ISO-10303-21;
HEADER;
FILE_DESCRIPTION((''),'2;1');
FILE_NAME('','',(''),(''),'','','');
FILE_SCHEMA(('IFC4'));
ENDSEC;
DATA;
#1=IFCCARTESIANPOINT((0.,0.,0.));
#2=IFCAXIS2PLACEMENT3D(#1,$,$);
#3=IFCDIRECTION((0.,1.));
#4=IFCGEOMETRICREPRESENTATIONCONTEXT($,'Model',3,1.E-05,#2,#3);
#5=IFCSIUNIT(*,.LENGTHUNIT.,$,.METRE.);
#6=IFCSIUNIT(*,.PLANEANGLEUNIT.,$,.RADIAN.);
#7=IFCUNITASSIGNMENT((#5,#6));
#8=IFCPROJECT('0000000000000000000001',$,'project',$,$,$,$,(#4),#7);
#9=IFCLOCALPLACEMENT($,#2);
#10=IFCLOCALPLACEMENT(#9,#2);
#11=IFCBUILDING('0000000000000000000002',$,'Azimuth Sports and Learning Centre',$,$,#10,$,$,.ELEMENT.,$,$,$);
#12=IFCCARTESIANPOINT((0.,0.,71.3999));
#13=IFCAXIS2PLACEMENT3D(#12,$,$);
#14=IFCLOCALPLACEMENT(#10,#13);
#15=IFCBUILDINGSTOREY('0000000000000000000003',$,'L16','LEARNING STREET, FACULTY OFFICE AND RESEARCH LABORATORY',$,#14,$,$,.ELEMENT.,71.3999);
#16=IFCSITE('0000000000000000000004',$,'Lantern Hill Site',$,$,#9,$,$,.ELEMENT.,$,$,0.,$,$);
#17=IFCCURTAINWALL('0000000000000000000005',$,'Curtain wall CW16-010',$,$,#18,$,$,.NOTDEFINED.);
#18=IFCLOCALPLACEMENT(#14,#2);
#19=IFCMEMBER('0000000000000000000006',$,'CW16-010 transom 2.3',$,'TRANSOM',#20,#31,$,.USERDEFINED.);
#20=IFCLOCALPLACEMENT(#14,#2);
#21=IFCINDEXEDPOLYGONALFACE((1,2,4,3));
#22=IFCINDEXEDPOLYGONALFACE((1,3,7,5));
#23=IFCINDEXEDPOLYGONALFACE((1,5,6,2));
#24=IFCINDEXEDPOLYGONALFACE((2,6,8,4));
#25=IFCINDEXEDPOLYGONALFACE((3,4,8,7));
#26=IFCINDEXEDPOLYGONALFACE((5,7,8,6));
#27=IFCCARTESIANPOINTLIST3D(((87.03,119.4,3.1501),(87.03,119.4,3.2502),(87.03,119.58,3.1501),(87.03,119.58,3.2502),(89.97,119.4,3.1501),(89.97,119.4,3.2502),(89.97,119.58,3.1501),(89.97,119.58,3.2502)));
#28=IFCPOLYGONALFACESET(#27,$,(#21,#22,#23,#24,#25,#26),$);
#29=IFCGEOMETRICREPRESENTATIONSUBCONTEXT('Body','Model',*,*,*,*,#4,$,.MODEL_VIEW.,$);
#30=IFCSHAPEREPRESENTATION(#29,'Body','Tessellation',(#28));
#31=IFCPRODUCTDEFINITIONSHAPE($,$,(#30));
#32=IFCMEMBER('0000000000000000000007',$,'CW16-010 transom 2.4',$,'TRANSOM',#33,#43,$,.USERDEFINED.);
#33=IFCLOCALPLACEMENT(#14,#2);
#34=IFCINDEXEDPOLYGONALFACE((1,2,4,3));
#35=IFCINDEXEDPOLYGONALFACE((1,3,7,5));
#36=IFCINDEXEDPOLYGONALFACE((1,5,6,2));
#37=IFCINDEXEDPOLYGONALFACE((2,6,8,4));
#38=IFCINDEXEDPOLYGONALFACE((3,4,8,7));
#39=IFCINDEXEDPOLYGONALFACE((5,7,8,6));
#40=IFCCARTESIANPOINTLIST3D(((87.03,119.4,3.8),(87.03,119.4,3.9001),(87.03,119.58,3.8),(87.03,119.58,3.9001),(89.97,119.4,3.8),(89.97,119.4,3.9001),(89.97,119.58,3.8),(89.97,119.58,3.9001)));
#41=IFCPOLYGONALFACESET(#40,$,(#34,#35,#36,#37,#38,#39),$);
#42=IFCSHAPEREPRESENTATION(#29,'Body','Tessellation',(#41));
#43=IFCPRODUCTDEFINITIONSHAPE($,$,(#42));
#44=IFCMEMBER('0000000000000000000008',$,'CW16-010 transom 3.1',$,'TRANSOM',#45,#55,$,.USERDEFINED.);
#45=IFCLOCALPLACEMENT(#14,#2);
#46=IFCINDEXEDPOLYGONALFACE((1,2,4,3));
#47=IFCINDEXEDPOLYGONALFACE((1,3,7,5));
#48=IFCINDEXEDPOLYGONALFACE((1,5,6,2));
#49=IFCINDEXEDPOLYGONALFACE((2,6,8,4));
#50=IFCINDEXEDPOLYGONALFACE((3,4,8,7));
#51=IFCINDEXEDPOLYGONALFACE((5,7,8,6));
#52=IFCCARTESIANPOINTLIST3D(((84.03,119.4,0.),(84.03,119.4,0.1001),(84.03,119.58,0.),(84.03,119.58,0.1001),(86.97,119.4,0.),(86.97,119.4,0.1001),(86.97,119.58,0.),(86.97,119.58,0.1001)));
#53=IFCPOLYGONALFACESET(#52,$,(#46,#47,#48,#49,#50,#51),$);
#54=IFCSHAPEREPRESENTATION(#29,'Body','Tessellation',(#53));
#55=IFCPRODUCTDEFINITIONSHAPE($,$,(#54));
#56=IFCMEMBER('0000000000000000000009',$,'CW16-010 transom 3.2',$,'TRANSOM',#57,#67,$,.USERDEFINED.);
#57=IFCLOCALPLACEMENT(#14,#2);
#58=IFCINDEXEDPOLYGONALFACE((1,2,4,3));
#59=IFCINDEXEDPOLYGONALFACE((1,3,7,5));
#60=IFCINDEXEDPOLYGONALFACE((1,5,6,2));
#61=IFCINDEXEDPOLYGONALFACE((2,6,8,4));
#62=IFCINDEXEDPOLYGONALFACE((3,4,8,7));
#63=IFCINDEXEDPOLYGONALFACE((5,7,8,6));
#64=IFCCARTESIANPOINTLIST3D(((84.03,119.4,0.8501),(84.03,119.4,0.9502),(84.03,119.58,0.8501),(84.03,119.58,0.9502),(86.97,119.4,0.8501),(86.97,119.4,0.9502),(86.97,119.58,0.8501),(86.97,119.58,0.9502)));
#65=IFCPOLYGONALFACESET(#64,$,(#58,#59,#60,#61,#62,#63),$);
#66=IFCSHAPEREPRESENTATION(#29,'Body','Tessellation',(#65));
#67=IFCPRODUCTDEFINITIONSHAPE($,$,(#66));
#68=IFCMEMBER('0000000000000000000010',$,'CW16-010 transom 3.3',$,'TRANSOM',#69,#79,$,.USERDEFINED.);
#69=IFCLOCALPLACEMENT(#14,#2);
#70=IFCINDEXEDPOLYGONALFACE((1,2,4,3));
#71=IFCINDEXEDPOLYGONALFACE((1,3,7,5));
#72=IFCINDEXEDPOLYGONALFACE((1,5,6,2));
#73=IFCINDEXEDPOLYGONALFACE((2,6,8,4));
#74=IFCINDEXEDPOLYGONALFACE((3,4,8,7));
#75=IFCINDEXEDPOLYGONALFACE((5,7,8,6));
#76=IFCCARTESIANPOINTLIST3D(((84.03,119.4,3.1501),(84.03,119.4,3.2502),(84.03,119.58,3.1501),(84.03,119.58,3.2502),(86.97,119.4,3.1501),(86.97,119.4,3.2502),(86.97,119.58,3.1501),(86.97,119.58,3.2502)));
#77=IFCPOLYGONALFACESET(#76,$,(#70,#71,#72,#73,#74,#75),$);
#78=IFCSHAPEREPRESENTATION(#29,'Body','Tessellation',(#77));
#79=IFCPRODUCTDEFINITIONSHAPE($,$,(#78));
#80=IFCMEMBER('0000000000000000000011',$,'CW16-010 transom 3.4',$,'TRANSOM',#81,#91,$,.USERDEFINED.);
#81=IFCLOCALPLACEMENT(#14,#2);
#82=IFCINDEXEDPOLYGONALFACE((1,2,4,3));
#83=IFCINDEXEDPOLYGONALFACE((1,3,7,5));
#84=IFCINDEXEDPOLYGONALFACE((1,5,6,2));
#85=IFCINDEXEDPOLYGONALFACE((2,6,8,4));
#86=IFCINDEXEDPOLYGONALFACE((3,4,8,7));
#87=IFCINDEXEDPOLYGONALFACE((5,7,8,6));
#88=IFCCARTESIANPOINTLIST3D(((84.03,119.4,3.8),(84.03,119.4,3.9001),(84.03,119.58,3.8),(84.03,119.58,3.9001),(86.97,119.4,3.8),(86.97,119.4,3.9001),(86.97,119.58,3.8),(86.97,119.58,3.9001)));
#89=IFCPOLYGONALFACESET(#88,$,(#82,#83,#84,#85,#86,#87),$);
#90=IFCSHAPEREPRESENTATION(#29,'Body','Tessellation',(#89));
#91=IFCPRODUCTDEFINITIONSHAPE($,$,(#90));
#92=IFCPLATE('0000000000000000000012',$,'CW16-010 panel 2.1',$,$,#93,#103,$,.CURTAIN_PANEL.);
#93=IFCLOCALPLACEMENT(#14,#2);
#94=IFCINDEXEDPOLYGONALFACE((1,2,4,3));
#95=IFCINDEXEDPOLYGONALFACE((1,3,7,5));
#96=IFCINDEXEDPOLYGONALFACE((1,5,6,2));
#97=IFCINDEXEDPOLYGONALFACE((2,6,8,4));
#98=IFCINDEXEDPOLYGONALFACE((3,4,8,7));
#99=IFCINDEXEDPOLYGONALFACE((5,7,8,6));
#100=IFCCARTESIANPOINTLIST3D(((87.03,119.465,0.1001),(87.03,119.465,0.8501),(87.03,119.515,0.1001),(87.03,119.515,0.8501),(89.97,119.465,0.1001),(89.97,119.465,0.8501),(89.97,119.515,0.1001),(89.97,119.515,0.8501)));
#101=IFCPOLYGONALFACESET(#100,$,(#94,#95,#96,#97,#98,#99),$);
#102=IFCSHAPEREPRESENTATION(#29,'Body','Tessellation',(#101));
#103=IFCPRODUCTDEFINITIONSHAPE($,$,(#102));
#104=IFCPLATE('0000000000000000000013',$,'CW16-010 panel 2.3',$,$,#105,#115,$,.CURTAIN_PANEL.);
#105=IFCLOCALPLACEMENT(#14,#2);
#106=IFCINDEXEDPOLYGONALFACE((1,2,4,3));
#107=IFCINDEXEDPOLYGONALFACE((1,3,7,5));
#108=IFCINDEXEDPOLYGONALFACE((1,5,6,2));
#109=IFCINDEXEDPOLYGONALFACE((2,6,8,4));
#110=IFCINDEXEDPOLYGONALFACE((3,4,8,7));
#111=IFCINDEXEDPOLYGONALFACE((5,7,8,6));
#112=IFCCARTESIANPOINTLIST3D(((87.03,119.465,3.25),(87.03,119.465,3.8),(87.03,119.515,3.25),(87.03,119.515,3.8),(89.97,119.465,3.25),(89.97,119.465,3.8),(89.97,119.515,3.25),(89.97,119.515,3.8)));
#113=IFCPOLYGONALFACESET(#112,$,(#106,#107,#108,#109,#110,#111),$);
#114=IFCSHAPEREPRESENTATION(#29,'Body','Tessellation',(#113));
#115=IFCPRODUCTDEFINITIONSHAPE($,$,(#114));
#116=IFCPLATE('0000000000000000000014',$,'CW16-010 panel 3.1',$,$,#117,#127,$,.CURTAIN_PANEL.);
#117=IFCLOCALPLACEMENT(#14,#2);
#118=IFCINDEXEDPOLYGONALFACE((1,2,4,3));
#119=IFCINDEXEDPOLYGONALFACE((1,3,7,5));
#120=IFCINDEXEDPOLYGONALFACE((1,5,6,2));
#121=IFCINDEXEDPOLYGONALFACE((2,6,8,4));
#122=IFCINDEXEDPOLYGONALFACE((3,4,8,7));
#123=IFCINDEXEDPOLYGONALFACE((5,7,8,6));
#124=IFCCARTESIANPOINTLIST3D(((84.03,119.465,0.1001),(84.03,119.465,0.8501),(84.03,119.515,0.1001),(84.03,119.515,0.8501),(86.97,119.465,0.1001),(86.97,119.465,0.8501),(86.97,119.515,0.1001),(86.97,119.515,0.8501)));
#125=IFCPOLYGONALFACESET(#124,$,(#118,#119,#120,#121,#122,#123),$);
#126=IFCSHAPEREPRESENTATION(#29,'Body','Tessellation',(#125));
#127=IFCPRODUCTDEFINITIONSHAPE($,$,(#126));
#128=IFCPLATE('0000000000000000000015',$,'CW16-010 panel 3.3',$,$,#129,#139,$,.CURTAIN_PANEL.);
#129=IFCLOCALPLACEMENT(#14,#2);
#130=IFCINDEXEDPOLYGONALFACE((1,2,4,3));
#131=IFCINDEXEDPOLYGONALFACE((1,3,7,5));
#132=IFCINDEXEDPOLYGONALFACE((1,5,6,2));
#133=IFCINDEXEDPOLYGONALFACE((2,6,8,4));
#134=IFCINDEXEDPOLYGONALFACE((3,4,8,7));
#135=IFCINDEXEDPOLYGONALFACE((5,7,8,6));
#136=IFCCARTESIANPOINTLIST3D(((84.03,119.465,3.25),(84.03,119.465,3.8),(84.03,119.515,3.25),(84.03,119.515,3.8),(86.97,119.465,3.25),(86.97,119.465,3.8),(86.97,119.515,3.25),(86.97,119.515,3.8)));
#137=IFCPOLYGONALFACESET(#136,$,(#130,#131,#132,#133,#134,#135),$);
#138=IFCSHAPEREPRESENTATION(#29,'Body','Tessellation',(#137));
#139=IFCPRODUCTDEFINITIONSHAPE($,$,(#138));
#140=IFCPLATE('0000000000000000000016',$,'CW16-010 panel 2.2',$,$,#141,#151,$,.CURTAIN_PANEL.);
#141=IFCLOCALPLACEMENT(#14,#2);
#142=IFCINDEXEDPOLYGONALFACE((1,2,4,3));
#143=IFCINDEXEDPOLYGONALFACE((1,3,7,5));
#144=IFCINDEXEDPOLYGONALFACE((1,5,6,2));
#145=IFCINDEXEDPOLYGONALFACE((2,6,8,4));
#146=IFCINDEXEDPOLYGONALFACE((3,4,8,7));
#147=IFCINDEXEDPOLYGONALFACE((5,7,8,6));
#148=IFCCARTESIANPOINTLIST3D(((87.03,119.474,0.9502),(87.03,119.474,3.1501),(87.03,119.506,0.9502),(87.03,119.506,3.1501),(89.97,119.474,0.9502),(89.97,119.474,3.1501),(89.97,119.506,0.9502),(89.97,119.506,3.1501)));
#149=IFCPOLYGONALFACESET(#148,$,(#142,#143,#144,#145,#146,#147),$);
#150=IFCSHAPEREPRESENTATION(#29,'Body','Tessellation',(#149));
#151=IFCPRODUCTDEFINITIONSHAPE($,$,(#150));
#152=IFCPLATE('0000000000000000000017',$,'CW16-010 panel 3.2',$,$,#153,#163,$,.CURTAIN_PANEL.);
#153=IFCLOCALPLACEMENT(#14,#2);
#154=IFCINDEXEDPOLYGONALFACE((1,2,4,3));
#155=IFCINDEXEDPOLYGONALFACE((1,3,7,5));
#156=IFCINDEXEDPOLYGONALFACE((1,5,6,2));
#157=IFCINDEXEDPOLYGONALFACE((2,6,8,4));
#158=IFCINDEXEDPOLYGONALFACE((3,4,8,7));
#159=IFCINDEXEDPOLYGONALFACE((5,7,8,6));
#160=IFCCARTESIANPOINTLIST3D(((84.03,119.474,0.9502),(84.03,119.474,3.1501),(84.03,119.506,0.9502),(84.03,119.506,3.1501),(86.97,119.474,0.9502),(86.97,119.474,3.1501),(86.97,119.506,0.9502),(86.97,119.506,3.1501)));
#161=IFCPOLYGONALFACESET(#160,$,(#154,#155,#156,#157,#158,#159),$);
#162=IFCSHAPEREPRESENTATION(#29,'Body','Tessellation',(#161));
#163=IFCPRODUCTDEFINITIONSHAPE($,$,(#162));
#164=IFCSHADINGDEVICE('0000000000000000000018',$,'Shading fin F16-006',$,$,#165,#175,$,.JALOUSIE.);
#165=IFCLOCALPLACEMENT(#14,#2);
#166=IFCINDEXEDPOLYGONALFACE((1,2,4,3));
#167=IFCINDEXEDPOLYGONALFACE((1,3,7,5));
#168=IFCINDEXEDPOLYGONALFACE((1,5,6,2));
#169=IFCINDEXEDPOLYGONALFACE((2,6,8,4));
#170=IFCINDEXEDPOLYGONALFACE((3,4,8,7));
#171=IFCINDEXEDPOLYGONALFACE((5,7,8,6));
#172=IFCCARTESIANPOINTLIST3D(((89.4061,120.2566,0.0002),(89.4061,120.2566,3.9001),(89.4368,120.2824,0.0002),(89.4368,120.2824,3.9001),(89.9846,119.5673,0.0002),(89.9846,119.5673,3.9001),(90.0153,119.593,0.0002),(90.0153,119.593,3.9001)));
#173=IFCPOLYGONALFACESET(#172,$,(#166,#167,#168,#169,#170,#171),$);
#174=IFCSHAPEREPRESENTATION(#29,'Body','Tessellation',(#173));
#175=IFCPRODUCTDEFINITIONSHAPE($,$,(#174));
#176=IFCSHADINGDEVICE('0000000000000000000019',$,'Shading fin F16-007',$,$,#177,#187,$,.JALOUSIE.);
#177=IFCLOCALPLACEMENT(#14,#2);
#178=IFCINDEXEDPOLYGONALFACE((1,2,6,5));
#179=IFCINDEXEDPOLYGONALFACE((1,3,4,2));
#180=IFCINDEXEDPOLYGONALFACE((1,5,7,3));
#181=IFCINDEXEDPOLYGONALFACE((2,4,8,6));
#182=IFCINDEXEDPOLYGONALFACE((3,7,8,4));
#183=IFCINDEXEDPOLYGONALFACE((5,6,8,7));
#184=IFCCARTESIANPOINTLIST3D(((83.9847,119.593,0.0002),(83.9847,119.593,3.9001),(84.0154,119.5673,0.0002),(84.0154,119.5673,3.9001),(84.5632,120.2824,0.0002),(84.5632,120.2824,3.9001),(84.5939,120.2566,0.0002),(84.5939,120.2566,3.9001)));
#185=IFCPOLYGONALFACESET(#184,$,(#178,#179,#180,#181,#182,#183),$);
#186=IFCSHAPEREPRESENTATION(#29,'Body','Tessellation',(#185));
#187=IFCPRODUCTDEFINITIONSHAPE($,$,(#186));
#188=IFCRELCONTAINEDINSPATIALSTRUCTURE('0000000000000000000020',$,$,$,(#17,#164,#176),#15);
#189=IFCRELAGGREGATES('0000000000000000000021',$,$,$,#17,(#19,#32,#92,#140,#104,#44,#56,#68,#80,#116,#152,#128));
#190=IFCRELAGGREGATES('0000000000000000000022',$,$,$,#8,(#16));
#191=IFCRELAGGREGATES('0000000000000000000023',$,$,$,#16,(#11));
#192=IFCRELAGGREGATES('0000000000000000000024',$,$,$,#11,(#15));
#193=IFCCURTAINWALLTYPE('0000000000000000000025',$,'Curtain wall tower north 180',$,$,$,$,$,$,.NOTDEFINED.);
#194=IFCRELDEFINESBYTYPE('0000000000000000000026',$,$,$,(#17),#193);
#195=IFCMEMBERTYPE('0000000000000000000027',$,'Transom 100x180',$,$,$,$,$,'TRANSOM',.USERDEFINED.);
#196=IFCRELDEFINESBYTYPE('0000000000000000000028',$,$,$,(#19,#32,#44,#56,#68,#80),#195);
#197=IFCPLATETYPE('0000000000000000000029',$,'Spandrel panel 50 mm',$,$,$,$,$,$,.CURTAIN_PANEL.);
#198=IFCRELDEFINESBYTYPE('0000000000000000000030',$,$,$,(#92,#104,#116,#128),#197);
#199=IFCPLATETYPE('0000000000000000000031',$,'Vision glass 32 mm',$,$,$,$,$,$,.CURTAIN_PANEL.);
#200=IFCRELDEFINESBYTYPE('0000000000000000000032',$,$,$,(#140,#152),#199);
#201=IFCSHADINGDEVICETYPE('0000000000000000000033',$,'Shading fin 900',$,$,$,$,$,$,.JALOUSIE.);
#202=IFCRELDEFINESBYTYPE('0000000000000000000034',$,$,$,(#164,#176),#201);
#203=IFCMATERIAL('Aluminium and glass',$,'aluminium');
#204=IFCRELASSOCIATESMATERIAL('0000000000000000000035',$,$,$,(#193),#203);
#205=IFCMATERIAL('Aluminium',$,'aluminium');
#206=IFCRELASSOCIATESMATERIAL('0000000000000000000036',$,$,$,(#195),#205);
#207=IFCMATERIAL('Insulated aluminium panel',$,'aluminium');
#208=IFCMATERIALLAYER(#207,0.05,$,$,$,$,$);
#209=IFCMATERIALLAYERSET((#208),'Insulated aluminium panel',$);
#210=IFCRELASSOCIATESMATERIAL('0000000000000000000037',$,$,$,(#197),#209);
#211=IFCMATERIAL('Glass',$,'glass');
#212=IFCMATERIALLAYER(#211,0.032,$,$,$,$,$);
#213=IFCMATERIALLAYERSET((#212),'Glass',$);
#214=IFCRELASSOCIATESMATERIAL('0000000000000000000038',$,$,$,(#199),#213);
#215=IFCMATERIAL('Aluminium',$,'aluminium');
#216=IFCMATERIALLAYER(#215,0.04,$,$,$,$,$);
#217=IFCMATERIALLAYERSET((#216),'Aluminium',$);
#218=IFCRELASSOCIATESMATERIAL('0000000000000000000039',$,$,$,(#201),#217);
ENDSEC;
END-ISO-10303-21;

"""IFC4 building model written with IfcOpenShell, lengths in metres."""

from ifc_helpers import new_model, si_unit, direction, frame, origin, origin_2d, place, context, subcontext, project, spatial, rectangle, extrude, material, layer, layer_set, material_profile, profile_set, type_object, element, aggregate, save


model = new_model("IFC4")

# Units and contexts
model_context = context("Model", 3, precision=1e-05, world=origin(), true_north=direction((0.0, 1.0)))
body_context = subcontext(model_context, "Body", "Model", "MODEL_VIEW")
ifc_project = project(units=[si_unit("LENGTHUNIT", "METRE"), si_unit("PLANEANGLEUNIT", "RADIAN")], contexts=[model_context])

# Site, building, storey
site_placement = place(None, origin())
site = spatial("IfcSite", under=ifc_project, at=site_placement, Name="Lantern Hill Site", CompositionType="ELEMENT", RefElevation=0.0)
building_placement = place(site_placement, origin())
building = spatial("IfcBuilding", under=site, at=building_placement, Name="Azimuth Sports and Learning Centre", CompositionType="ELEMENT")
storey_placement = place(building_placement, frame((0.0, 0.0, 71.3999)))
storey = spatial("IfcBuildingStorey", under=building, at=storey_placement, Name="L16", Description="LEARNING STREET, FACULTY OFFICE AND RESEARCH LABORATORY", CompositionType="ELEMENT", Elevation=71.3999)

# Curtain wall, members, plates
ifc_material_1 = material(Name="Aluminium and glass", Category="aluminium")
curtain_wall_type = type_object("IfcCurtainWallType", Name="Curtain wall tower north 180", PredefinedType="NOTDEFINED", material=ifc_material_1)
curtain_wall_placement = place(storey_placement, origin())
curtain_wall = element("IfcCurtainWall", 1, at=curtain_wall_placement, inside=storey, type_object=curtain_wall_type, Name="Curtain wall CW16-010", PredefinedType="NOTDEFINED")
ifc_material_2 = material(Name="Aluminium", Category="aluminium")
ifc_material_profile_1 = material_profile(ifc_material_2, rectangle(XDim=0.1799, YDim=0.1001, at=origin_2d()), Name="Transom 100x180")
ifc_profile_set_1 = profile_set([ifc_material_profile_1], Name="Aluminium")
member_type_1 = type_object("IfcMemberType", Name="Transom 100x180", ElementType="TRANSOM", PredefinedType="USERDEFINED", material=ifc_profile_set_1)
member_1_placement = place(storey_placement, frame((89.97, 119.49, 3.2002), z_axis=(-1.0, 0.0, 0.0), x_axis=(0.0, -1.0, 0.0)))
member_1 = element("IfcMember", 2, at=member_1_placement, type_object=member_type_1, Name="CW16-010 transom 2.3", ObjectType="TRANSOM", PredefinedType="USERDEFINED", context=body_context, shape_type="SweptSolid", body=[
    extrude(rectangle(XDim=0.1799, YDim=0.1001, at=origin_2d()), origin(), (0.0, 0.0, 1.0), 2.9399),
])
member_2_placement = place(storey_placement, frame((89.97, 119.49, 3.8501), z_axis=(-1.0, 0.0, 0.0), x_axis=(0.0, -1.0, 0.0)))
member_2 = element("IfcMember", 3, at=member_2_placement, type_object=member_type_1, Name="CW16-010 transom 2.4", ObjectType="TRANSOM", PredefinedType="USERDEFINED", context=body_context, shape_type="SweptSolid", body=[
    extrude(rectangle(XDim=0.1799, YDim=0.1001, at=origin_2d()), origin(), (0.0, 0.0, 1.0), 2.9399),
])
member_3_placement = place(storey_placement, frame((86.97, 119.49, 0.05), z_axis=(-1.0, 0.0, 0.0), x_axis=(0.0, -1.0, 0.0)))
member_3 = element("IfcMember", 4, at=member_3_placement, type_object=member_type_1, Name="CW16-010 transom 3.1", ObjectType="TRANSOM", PredefinedType="USERDEFINED", context=body_context, shape_type="SweptSolid", body=[
    extrude(rectangle(XDim=0.1799, YDim=0.1001, at=origin_2d()), origin(), (0.0, 0.0, 1.0), 2.9399),
])
member_4_placement = place(storey_placement, frame((86.97, 119.49, 0.9001), z_axis=(-1.0, 0.0, 0.0), x_axis=(0.0, -1.0, 0.0)))
member_4 = element("IfcMember", 5, at=member_4_placement, type_object=member_type_1, Name="CW16-010 transom 3.2", ObjectType="TRANSOM", PredefinedType="USERDEFINED", context=body_context, shape_type="SweptSolid", body=[
    extrude(rectangle(XDim=0.1799, YDim=0.1001, at=origin_2d()), origin(), (0.0, 0.0, 1.0), 2.9399),
])
member_5_placement = place(storey_placement, frame((86.97, 119.49, 3.2002), z_axis=(-1.0, 0.0, 0.0), x_axis=(0.0, -1.0, 0.0)))
member_5 = element("IfcMember", 6, at=member_5_placement, type_object=member_type_1, Name="CW16-010 transom 3.3", ObjectType="TRANSOM", PredefinedType="USERDEFINED", context=body_context, shape_type="SweptSolid", body=[
    extrude(rectangle(XDim=0.1799, YDim=0.1001, at=origin_2d()), origin(), (0.0, 0.0, 1.0), 2.9399),
])
member_6_placement = place(storey_placement, frame((86.97, 119.49, 3.8501), z_axis=(-1.0, 0.0, 0.0), x_axis=(0.0, -1.0, 0.0)))
member_6 = element("IfcMember", 7, at=member_6_placement, type_object=member_type_1, Name="CW16-010 transom 3.4", ObjectType="TRANSOM", PredefinedType="USERDEFINED", context=body_context, shape_type="SweptSolid", body=[
    extrude(rectangle(XDim=0.1799, YDim=0.1001, at=origin_2d()), origin(), (0.0, 0.0, 1.0), 2.9399),
])
ifc_material_3 = material(Name="Insulated aluminium panel", Category="aluminium")
ifc_layer_1 = layer(ifc_material_3, 0.05)
ifc_layer_set_1 = layer_set([ifc_layer_1], Name="Insulated aluminium panel")
plate_type_1 = type_object("IfcPlateType", Name="Spandrel panel 50 mm", PredefinedType="CURTAIN_PANEL", material=ifc_layer_set_1)
plate_1_placement = place(storey_placement, frame((88.5, 119.49, 0.1001), z_axis=(0.0, 0.0, 1.0), x_axis=(-1.0, 0.0, 0.0)))
plate_1 = element("IfcPlate", 8, at=plate_1_placement, type_object=plate_type_1, Name="CW16-010 panel 2.1", PredefinedType="CURTAIN_PANEL", context=body_context, shape_type="SweptSolid", body=[
    extrude(rectangle(XDim=2.9399, YDim=0.05, at=origin_2d()), origin(), (0.0, 0.0, 1.0), 0.75),
])
plate_2_placement = place(storey_placement, frame((88.5, 119.49, 3.25), z_axis=(0.0, 0.0, 1.0), x_axis=(-1.0, 0.0, 0.0)))
plate_2 = element("IfcPlate", 9, at=plate_2_placement, type_object=plate_type_1, Name="CW16-010 panel 2.3", PredefinedType="CURTAIN_PANEL", context=body_context, shape_type="SweptSolid", body=[
    extrude(rectangle(XDim=2.9399, YDim=0.05, at=origin_2d()), origin(), (0.0, 0.0, 1.0), 0.55),
])
plate_3_placement = place(storey_placement, frame((85.5, 119.49, 0.1001), z_axis=(0.0, 0.0, 1.0), x_axis=(-1.0, 0.0, 0.0)))
plate_3 = element("IfcPlate", 10, at=plate_3_placement, type_object=plate_type_1, Name="CW16-010 panel 3.1", PredefinedType="CURTAIN_PANEL", context=body_context, shape_type="SweptSolid", body=[
    extrude(rectangle(XDim=2.9399, YDim=0.05, at=origin_2d()), origin(), (0.0, 0.0, 1.0), 0.75),
])
plate_4_placement = place(storey_placement, frame((85.5, 119.49, 3.25), z_axis=(0.0, 0.0, 1.0), x_axis=(-1.0, 0.0, 0.0)))
plate_4 = element("IfcPlate", 11, at=plate_4_placement, type_object=plate_type_1, Name="CW16-010 panel 3.3", PredefinedType="CURTAIN_PANEL", context=body_context, shape_type="SweptSolid", body=[
    extrude(rectangle(XDim=2.9399, YDim=0.05, at=origin_2d()), origin(), (0.0, 0.0, 1.0), 0.55),
])
ifc_material_4 = material(Name="Glass", Category="glass")
ifc_layer_2 = layer(ifc_material_4, 0.032)
ifc_layer_set_2 = layer_set([ifc_layer_2], Name="Glass")
plate_type_2 = type_object("IfcPlateType", Name="Vision glass 32 mm", PredefinedType="CURTAIN_PANEL", material=ifc_layer_set_2)
plate_5_placement = place(storey_placement, frame((88.5, 119.49, 0.9502), z_axis=(0.0, 0.0, 1.0), x_axis=(-1.0, 0.0, 0.0)))
plate_5 = element("IfcPlate", 12, at=plate_5_placement, type_object=plate_type_2, Name="CW16-010 panel 2.2", PredefinedType="CURTAIN_PANEL", context=body_context, shape_type="SweptSolid", body=[
    extrude(rectangle(XDim=2.9399, YDim=0.032, at=origin_2d()), origin(), (0.0, 0.0, 1.0), 2.2),
])
plate_6_placement = place(storey_placement, frame((85.5, 119.49, 0.9502), z_axis=(0.0, 0.0, 1.0), x_axis=(-1.0, 0.0, 0.0)))
plate_6 = element("IfcPlate", 13, at=plate_6_placement, type_object=plate_type_2, Name="CW16-010 panel 3.2", PredefinedType="CURTAIN_PANEL", context=body_context, shape_type="SweptSolid", body=[
    extrude(rectangle(XDim=2.9399, YDim=0.032, at=origin_2d()), origin(), (0.0, 0.0, 1.0), 2.2),
])
aggregate(curtain_wall, [member_1, member_2, plate_1, plate_5, plate_2, member_3, member_4, member_5, member_6, plate_3, plate_6, plate_4])

# Shading devices
ifc_material_5 = material(Name="Aluminium", Category="aluminium")
ifc_layer_3 = layer(ifc_material_5, 0.04)
ifc_layer_set_3 = layer_set([ifc_layer_3], Name="Aluminium")
shading_device_type = type_object("IfcShadingDeviceType", Name="Shading fin 900", PredefinedType="JALOUSIE", material=ifc_layer_set_3)
for number, where, z_axis, x_axis, name in (
    (14, (89.7107, 119.9248, 0.0002), (0.0, 0.0, 1.0), (-0.642788, 0.766044, 0.0), "Shading fin F16-006"),
    (15, (84.2893, 119.9248, 0.0002), (0.0, 0.0, 1.0), (0.642788, 0.766044, 0.0), "Shading fin F16-007"),
):
    element("IfcShadingDevice", number, at=place(storey_placement, frame(where, z_axis=z_axis, x_axis=x_axis)), inside=storey, type_object=shading_device_type, Name=name, PredefinedType="JALOUSIE", context=body_context, shape_type="SweptSolid", body=[
        extrude(rectangle(XDim=0.8999, YDim=0.04, at=origin_2d()), origin(), (0.0, 0.0, 1.0), 3.8999),
    ])

save(model, "model.ifc")
